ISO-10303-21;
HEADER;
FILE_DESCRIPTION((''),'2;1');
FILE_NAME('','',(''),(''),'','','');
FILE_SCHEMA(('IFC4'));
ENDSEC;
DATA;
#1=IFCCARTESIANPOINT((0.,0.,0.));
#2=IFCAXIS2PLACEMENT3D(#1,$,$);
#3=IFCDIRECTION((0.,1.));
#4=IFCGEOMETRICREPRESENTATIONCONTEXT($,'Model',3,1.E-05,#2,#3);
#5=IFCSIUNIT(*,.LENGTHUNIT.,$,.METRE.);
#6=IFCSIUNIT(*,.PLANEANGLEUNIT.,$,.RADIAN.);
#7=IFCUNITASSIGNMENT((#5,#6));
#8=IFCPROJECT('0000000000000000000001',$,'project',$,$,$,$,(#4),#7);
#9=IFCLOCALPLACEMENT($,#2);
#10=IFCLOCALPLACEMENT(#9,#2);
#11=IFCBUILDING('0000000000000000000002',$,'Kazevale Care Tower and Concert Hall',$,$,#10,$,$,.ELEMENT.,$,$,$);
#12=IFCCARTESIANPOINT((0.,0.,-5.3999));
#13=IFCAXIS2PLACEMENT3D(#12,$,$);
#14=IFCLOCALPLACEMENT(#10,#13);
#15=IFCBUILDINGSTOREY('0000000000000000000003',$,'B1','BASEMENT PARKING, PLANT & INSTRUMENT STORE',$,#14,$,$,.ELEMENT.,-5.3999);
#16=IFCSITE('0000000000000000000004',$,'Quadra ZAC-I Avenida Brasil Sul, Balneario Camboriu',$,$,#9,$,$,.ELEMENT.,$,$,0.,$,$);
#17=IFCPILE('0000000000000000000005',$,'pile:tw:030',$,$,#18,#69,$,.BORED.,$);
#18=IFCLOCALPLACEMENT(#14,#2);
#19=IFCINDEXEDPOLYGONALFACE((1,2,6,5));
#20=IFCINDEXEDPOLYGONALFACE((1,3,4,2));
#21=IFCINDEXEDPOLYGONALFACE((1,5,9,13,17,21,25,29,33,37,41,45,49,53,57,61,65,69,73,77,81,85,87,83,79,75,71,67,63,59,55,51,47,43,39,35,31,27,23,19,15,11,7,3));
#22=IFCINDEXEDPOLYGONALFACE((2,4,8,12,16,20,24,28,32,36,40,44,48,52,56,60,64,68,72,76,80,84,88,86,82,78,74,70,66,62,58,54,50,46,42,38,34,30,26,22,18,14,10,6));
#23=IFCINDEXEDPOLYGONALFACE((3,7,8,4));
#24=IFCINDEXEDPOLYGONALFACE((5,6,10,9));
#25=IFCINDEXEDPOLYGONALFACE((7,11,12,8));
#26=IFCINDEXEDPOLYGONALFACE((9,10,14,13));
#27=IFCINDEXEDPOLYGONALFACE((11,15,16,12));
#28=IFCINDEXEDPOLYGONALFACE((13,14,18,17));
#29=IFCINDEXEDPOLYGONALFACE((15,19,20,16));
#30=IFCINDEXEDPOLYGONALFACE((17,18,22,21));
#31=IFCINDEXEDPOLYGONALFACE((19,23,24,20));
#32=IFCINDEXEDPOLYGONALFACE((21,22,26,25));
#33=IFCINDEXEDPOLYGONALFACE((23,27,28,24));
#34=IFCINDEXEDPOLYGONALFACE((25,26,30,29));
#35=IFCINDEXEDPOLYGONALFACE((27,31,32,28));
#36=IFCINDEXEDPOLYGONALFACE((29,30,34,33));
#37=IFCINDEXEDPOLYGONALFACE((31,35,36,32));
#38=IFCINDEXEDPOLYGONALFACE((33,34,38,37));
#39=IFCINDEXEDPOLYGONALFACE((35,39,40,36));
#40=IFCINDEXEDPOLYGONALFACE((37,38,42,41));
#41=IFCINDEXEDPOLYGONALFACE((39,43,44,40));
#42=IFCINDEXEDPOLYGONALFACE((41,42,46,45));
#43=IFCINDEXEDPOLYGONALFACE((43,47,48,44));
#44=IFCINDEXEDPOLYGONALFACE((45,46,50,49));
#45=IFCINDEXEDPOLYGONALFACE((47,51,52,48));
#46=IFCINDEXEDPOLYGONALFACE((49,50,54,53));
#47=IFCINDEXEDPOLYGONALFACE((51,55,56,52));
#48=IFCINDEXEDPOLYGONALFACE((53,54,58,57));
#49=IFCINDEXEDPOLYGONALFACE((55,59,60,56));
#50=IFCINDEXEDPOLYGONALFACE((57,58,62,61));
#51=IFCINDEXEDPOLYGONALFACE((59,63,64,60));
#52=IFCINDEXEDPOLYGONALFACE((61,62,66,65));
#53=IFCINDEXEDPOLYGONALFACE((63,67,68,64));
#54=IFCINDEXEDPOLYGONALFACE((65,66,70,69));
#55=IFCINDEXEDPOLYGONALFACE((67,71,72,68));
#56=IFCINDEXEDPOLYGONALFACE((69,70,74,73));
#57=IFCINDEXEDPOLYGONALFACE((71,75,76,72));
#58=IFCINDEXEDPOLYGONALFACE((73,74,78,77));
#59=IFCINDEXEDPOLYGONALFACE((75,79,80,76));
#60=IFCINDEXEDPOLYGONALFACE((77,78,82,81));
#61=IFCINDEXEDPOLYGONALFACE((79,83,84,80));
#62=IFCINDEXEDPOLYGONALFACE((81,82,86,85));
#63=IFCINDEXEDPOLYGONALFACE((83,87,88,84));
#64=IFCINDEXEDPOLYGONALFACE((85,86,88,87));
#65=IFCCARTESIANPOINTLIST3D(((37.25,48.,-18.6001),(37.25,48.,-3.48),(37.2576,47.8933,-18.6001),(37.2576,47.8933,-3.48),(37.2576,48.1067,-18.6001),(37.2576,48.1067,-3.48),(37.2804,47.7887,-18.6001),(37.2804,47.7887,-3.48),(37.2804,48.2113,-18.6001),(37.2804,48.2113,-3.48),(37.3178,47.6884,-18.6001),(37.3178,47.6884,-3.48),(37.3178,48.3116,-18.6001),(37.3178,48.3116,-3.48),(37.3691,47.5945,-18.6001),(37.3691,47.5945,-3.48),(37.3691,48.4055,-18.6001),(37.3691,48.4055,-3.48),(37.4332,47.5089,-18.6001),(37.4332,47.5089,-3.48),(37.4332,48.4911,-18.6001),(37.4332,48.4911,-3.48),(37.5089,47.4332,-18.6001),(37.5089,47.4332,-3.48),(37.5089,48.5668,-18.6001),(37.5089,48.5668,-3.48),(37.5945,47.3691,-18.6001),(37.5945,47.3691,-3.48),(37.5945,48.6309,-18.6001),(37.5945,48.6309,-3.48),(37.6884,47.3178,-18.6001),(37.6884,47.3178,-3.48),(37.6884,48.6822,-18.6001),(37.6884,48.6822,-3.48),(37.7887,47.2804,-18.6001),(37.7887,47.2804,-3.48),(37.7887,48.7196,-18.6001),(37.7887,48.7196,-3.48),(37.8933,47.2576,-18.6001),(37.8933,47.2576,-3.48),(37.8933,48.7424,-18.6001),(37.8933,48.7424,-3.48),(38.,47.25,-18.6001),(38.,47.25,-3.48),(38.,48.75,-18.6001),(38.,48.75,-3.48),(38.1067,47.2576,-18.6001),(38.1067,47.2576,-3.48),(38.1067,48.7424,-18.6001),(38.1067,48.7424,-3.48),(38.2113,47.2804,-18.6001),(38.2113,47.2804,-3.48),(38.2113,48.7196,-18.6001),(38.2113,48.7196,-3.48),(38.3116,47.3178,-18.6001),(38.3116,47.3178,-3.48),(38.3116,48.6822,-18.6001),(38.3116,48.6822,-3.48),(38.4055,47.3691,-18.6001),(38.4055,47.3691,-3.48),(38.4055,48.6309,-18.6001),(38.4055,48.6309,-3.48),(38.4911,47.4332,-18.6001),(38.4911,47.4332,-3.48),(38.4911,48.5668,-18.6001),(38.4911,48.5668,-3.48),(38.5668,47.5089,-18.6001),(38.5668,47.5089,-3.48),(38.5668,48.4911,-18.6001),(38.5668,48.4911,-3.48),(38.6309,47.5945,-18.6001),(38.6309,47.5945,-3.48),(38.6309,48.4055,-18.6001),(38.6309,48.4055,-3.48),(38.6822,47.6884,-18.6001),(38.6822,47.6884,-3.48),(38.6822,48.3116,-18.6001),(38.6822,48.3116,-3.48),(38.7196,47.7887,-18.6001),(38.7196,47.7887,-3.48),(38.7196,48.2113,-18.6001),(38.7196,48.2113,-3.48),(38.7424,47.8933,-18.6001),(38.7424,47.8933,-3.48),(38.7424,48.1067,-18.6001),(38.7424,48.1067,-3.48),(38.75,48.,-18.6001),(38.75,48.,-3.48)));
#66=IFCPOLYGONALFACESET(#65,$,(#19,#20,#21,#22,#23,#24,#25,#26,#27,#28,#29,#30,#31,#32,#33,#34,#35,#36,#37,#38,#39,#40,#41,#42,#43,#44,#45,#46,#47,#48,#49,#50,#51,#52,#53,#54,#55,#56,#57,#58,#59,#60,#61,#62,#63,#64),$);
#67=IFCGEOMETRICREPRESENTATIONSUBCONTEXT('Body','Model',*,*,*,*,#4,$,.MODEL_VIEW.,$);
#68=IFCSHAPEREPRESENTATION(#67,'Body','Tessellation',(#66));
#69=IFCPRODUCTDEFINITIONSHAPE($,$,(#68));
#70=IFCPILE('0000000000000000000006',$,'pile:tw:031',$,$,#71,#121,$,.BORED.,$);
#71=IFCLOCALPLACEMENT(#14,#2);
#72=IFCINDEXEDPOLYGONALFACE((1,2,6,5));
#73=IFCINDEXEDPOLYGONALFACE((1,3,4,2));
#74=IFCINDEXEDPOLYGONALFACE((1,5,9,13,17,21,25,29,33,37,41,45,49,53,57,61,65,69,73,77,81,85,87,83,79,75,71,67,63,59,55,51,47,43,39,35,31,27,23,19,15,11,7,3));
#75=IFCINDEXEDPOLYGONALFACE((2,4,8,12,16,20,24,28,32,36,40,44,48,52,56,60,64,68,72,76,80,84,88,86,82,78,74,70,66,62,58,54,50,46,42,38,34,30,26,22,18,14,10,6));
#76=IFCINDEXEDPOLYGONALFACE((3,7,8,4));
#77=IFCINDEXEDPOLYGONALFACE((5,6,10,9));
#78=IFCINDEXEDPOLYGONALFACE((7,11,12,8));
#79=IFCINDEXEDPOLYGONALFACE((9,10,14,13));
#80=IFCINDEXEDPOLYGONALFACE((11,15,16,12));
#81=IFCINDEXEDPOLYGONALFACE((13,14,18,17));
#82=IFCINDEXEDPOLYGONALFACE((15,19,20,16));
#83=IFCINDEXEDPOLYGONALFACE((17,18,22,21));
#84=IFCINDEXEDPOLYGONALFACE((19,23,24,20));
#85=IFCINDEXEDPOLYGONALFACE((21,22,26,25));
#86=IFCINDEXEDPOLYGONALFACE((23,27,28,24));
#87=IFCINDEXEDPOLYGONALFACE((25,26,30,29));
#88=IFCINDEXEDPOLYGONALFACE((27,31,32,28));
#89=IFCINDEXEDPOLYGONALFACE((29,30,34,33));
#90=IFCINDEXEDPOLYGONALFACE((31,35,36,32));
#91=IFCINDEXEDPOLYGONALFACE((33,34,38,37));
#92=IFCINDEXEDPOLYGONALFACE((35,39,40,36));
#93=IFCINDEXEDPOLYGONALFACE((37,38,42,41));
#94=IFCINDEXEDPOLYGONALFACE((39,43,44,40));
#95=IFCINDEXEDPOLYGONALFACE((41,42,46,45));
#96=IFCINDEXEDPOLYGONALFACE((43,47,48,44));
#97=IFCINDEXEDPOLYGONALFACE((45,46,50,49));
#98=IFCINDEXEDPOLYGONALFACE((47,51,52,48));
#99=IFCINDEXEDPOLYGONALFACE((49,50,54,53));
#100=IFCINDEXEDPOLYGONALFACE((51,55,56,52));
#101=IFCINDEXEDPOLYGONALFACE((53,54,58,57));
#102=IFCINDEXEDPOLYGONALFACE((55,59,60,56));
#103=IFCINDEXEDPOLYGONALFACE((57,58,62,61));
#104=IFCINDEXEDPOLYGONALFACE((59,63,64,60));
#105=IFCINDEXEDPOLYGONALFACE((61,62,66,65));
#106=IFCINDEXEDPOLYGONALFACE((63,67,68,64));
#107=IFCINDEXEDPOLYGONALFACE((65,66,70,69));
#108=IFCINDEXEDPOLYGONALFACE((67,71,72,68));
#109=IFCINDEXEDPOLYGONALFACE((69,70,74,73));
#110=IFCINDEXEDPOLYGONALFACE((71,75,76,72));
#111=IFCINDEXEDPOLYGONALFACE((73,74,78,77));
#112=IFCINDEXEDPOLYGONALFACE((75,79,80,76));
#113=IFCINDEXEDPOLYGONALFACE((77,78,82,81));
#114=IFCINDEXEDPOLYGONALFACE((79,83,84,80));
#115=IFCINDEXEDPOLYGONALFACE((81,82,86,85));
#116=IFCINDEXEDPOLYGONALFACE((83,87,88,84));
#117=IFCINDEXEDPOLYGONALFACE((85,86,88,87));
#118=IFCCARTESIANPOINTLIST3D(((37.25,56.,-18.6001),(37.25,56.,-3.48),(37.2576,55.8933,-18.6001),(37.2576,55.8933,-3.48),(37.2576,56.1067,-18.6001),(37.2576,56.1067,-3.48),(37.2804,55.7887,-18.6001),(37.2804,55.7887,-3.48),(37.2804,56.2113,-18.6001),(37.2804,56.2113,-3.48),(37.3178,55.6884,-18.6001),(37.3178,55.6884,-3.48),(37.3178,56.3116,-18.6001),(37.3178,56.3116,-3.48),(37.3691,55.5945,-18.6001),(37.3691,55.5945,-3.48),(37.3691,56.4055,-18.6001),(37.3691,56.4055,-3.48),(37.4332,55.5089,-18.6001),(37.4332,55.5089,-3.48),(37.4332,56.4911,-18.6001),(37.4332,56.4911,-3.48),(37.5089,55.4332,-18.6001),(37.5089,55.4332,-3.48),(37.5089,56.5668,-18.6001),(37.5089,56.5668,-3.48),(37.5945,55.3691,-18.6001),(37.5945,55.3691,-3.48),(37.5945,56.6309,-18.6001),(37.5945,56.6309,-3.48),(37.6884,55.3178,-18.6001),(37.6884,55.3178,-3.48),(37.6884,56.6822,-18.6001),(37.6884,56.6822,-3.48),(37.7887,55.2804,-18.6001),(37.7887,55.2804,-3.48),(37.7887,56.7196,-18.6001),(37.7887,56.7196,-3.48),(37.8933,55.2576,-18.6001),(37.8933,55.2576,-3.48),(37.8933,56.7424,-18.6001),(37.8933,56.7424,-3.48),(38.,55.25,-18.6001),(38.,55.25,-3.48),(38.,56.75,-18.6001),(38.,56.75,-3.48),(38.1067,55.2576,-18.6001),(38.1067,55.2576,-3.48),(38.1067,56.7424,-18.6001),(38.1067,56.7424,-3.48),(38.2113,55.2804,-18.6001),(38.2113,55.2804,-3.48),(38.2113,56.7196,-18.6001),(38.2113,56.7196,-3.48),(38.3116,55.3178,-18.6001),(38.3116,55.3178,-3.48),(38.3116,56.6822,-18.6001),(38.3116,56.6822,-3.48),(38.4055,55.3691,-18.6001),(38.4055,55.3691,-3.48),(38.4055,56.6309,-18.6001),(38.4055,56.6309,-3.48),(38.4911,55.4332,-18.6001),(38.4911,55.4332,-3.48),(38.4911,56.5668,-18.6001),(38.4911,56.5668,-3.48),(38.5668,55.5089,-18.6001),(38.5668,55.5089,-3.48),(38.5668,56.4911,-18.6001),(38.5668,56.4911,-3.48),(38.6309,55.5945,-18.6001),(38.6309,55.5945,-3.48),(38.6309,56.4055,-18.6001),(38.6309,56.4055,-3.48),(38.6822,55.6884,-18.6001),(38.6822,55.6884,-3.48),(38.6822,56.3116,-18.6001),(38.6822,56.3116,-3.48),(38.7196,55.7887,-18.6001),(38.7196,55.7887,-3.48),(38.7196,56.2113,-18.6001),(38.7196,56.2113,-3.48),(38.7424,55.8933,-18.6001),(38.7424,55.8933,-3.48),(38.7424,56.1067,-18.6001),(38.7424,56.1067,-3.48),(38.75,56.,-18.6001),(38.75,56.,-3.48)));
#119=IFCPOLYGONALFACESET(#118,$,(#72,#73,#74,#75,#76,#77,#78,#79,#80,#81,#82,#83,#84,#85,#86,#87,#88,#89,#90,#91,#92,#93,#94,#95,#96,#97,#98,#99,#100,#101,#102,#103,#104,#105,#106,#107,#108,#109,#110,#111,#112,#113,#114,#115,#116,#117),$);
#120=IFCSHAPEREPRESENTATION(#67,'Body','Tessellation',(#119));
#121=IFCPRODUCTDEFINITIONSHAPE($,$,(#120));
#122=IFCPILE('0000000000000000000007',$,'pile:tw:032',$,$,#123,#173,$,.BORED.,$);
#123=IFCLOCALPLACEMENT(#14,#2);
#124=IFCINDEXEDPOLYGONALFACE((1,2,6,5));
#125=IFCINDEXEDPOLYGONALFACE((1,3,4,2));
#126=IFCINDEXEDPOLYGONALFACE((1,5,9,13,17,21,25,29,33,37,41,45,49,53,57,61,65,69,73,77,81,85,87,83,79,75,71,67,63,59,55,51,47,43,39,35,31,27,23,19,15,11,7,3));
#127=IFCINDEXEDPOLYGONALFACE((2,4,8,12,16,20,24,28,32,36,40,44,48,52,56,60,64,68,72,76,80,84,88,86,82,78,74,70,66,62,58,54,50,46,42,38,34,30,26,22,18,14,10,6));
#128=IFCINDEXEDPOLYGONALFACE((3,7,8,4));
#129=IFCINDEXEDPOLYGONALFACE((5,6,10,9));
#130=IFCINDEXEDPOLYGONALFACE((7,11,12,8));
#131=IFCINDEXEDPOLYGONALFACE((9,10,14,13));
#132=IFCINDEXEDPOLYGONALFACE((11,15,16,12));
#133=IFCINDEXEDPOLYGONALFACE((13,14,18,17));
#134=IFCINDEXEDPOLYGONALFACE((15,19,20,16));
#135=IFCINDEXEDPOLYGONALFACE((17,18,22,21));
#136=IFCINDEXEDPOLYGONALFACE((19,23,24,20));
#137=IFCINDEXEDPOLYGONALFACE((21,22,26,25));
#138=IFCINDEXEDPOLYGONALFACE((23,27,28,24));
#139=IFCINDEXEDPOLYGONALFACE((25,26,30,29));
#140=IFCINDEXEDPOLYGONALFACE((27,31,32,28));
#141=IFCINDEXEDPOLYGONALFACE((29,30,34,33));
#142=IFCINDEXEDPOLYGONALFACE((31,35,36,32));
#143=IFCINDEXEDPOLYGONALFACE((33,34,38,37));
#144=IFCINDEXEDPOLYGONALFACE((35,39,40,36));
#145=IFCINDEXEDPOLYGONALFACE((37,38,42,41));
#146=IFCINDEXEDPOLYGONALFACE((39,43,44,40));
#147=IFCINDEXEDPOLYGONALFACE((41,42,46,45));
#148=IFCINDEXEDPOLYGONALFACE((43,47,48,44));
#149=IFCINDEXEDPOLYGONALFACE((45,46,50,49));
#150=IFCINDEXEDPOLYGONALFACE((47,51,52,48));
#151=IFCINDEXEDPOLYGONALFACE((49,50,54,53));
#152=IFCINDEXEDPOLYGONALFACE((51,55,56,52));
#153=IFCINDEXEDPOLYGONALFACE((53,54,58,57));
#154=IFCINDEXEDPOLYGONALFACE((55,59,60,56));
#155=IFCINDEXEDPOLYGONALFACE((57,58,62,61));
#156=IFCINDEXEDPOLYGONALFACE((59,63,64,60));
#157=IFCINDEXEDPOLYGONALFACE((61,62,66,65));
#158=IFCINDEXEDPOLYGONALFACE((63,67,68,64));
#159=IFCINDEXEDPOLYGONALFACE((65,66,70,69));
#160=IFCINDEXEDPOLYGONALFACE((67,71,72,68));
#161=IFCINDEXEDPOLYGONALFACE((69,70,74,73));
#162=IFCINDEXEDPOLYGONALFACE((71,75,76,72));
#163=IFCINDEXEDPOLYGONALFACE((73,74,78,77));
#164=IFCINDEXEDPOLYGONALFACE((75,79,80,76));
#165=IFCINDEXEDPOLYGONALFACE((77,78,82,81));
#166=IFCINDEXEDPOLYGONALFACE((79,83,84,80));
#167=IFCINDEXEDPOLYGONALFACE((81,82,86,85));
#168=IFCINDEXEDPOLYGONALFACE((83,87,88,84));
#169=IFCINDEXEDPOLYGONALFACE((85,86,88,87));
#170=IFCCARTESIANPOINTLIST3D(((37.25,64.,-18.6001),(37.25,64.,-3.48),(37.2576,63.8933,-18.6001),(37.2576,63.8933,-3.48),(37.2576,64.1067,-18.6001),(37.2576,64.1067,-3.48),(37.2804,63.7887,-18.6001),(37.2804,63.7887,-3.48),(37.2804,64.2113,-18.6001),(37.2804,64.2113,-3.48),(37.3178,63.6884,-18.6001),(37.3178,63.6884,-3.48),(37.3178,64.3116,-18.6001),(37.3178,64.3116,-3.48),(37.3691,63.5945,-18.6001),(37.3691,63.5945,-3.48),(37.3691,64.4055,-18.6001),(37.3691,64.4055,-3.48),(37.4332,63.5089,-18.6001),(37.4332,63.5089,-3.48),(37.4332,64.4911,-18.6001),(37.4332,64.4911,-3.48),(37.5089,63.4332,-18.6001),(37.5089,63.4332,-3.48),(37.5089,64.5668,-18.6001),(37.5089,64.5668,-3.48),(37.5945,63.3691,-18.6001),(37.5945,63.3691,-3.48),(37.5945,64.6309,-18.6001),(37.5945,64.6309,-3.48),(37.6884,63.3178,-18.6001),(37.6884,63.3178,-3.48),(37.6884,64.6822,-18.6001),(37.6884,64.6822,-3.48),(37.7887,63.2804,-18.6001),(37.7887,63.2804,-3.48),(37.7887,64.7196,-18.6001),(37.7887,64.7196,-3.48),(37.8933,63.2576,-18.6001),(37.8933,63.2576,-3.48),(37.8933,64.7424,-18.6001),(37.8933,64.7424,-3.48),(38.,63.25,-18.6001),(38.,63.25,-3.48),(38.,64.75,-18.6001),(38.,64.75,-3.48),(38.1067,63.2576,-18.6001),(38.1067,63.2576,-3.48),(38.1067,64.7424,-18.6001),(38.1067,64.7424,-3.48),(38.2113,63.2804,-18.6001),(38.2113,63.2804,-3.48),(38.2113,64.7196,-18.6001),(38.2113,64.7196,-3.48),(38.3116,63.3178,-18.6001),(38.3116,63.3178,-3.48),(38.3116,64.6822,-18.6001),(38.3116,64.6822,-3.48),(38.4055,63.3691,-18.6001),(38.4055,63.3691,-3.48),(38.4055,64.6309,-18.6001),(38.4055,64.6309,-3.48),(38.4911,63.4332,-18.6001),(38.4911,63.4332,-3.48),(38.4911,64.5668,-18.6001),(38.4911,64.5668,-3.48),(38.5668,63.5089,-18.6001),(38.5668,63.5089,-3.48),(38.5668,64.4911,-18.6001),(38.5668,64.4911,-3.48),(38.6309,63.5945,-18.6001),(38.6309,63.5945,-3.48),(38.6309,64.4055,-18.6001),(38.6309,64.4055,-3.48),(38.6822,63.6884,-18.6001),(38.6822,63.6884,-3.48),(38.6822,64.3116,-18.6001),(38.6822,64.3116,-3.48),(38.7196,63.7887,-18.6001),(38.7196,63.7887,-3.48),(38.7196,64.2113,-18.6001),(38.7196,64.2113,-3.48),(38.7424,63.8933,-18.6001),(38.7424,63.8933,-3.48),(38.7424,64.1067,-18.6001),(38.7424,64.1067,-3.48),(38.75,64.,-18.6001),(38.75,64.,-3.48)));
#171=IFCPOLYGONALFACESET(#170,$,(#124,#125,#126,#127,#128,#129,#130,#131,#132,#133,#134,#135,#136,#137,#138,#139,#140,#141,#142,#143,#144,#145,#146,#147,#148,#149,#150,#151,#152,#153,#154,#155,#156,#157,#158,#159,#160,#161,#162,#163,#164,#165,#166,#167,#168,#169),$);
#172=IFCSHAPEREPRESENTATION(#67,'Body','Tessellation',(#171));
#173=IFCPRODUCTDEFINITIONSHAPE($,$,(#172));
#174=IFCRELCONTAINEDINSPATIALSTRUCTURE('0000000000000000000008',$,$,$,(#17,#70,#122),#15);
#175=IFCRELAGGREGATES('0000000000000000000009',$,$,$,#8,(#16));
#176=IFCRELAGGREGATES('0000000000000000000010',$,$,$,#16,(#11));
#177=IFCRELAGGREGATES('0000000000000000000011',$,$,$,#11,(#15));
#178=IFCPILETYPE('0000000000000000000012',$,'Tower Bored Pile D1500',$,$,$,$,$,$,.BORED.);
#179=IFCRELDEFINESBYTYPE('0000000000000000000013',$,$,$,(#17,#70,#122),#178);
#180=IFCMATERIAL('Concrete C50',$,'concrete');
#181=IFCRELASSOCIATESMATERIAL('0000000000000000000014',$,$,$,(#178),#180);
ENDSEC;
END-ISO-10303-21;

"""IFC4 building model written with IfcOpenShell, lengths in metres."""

from ifc_helpers import new_model, si_unit, direction, frame, origin, origin_2d, place, context, subcontext, project, spatial, circle, extrude, material, material_profile, profile_set, type_object, element, save


model = new_model("IFC4")

# Units and contexts
model_context = context("Model", 3, precision=1e-05, world=origin(), true_north=direction((0.0, 1.0)))
body_context = subcontext(model_context, "Body", "Model", "MODEL_VIEW")
ifc_project = project(units=[si_unit("LENGTHUNIT", "METRE"), si_unit("PLANEANGLEUNIT", "RADIAN")], contexts=[model_context])

# Site, building, storey
site_placement = place(None, origin())
site = spatial("IfcSite", under=ifc_project, at=site_placement, Name="Quadra ZAC-I Avenida Brasil Sul, Balneario Camboriu", CompositionType="ELEMENT", RefElevation=0.0)
building_placement = place(site_placement, origin())
building = spatial("IfcBuilding", under=site, at=building_placement, Name="Kazevale Care Tower and Concert Hall", CompositionType="ELEMENT")
storey_placement = place(building_placement, frame((0.0, 0.0, -5.3999)))
storey = spatial("IfcBuildingStorey", under=building, at=storey_placement, Name="B1", Description="BASEMENT PARKING, PLANT & INSTRUMENT STORE", CompositionType="ELEMENT", Elevation=-5.3999)

# Shared definitions
ifc_material_1 = material(Name="Concrete C50", Category="concrete")

# Piles
ifc_material_profile_1 = material_profile(ifc_material_1, circle(Radius=0.75, at=origin_2d()), Name="PILE-D1500")
ifc_profile_set_1 = profile_set([ifc_material_profile_1], Name="Concrete C50")
pile_type = type_object("IfcPileType", Name="Tower Bored Pile D1500", PredefinedType="BORED", material=ifc_profile_set_1)
for number, where, z_axis, x_axis, name in (
    (1, (38.0, 48.0, -3.48), (0.0, 0.0, -1.0), (1.0, 0.0, 0.0), "pile:tw:030"),
    (2, (38.0, 56.0, -3.48), (0.0, 0.0, -1.0), (1.0, 0.0, 0.0), "pile:tw:031"),
    (3, (38.0, 64.0, -3.48), (0.0, 0.0, -1.0), (1.0, 0.0, 0.0), "pile:tw:032"),
):
    element("IfcPile", number, at=place(storey_placement, frame(where, z_axis=z_axis, x_axis=x_axis)), inside=storey, type_object=pile_type, Name=name, PredefinedType="BORED", context=body_context, shape_type="SweptSolid", body=[
        extrude(circle(Radius=0.75, at=origin_2d()), origin(), (0.0, 0.0, 1.0), 15.1201),
    ])

save(model, "model.ifc")
